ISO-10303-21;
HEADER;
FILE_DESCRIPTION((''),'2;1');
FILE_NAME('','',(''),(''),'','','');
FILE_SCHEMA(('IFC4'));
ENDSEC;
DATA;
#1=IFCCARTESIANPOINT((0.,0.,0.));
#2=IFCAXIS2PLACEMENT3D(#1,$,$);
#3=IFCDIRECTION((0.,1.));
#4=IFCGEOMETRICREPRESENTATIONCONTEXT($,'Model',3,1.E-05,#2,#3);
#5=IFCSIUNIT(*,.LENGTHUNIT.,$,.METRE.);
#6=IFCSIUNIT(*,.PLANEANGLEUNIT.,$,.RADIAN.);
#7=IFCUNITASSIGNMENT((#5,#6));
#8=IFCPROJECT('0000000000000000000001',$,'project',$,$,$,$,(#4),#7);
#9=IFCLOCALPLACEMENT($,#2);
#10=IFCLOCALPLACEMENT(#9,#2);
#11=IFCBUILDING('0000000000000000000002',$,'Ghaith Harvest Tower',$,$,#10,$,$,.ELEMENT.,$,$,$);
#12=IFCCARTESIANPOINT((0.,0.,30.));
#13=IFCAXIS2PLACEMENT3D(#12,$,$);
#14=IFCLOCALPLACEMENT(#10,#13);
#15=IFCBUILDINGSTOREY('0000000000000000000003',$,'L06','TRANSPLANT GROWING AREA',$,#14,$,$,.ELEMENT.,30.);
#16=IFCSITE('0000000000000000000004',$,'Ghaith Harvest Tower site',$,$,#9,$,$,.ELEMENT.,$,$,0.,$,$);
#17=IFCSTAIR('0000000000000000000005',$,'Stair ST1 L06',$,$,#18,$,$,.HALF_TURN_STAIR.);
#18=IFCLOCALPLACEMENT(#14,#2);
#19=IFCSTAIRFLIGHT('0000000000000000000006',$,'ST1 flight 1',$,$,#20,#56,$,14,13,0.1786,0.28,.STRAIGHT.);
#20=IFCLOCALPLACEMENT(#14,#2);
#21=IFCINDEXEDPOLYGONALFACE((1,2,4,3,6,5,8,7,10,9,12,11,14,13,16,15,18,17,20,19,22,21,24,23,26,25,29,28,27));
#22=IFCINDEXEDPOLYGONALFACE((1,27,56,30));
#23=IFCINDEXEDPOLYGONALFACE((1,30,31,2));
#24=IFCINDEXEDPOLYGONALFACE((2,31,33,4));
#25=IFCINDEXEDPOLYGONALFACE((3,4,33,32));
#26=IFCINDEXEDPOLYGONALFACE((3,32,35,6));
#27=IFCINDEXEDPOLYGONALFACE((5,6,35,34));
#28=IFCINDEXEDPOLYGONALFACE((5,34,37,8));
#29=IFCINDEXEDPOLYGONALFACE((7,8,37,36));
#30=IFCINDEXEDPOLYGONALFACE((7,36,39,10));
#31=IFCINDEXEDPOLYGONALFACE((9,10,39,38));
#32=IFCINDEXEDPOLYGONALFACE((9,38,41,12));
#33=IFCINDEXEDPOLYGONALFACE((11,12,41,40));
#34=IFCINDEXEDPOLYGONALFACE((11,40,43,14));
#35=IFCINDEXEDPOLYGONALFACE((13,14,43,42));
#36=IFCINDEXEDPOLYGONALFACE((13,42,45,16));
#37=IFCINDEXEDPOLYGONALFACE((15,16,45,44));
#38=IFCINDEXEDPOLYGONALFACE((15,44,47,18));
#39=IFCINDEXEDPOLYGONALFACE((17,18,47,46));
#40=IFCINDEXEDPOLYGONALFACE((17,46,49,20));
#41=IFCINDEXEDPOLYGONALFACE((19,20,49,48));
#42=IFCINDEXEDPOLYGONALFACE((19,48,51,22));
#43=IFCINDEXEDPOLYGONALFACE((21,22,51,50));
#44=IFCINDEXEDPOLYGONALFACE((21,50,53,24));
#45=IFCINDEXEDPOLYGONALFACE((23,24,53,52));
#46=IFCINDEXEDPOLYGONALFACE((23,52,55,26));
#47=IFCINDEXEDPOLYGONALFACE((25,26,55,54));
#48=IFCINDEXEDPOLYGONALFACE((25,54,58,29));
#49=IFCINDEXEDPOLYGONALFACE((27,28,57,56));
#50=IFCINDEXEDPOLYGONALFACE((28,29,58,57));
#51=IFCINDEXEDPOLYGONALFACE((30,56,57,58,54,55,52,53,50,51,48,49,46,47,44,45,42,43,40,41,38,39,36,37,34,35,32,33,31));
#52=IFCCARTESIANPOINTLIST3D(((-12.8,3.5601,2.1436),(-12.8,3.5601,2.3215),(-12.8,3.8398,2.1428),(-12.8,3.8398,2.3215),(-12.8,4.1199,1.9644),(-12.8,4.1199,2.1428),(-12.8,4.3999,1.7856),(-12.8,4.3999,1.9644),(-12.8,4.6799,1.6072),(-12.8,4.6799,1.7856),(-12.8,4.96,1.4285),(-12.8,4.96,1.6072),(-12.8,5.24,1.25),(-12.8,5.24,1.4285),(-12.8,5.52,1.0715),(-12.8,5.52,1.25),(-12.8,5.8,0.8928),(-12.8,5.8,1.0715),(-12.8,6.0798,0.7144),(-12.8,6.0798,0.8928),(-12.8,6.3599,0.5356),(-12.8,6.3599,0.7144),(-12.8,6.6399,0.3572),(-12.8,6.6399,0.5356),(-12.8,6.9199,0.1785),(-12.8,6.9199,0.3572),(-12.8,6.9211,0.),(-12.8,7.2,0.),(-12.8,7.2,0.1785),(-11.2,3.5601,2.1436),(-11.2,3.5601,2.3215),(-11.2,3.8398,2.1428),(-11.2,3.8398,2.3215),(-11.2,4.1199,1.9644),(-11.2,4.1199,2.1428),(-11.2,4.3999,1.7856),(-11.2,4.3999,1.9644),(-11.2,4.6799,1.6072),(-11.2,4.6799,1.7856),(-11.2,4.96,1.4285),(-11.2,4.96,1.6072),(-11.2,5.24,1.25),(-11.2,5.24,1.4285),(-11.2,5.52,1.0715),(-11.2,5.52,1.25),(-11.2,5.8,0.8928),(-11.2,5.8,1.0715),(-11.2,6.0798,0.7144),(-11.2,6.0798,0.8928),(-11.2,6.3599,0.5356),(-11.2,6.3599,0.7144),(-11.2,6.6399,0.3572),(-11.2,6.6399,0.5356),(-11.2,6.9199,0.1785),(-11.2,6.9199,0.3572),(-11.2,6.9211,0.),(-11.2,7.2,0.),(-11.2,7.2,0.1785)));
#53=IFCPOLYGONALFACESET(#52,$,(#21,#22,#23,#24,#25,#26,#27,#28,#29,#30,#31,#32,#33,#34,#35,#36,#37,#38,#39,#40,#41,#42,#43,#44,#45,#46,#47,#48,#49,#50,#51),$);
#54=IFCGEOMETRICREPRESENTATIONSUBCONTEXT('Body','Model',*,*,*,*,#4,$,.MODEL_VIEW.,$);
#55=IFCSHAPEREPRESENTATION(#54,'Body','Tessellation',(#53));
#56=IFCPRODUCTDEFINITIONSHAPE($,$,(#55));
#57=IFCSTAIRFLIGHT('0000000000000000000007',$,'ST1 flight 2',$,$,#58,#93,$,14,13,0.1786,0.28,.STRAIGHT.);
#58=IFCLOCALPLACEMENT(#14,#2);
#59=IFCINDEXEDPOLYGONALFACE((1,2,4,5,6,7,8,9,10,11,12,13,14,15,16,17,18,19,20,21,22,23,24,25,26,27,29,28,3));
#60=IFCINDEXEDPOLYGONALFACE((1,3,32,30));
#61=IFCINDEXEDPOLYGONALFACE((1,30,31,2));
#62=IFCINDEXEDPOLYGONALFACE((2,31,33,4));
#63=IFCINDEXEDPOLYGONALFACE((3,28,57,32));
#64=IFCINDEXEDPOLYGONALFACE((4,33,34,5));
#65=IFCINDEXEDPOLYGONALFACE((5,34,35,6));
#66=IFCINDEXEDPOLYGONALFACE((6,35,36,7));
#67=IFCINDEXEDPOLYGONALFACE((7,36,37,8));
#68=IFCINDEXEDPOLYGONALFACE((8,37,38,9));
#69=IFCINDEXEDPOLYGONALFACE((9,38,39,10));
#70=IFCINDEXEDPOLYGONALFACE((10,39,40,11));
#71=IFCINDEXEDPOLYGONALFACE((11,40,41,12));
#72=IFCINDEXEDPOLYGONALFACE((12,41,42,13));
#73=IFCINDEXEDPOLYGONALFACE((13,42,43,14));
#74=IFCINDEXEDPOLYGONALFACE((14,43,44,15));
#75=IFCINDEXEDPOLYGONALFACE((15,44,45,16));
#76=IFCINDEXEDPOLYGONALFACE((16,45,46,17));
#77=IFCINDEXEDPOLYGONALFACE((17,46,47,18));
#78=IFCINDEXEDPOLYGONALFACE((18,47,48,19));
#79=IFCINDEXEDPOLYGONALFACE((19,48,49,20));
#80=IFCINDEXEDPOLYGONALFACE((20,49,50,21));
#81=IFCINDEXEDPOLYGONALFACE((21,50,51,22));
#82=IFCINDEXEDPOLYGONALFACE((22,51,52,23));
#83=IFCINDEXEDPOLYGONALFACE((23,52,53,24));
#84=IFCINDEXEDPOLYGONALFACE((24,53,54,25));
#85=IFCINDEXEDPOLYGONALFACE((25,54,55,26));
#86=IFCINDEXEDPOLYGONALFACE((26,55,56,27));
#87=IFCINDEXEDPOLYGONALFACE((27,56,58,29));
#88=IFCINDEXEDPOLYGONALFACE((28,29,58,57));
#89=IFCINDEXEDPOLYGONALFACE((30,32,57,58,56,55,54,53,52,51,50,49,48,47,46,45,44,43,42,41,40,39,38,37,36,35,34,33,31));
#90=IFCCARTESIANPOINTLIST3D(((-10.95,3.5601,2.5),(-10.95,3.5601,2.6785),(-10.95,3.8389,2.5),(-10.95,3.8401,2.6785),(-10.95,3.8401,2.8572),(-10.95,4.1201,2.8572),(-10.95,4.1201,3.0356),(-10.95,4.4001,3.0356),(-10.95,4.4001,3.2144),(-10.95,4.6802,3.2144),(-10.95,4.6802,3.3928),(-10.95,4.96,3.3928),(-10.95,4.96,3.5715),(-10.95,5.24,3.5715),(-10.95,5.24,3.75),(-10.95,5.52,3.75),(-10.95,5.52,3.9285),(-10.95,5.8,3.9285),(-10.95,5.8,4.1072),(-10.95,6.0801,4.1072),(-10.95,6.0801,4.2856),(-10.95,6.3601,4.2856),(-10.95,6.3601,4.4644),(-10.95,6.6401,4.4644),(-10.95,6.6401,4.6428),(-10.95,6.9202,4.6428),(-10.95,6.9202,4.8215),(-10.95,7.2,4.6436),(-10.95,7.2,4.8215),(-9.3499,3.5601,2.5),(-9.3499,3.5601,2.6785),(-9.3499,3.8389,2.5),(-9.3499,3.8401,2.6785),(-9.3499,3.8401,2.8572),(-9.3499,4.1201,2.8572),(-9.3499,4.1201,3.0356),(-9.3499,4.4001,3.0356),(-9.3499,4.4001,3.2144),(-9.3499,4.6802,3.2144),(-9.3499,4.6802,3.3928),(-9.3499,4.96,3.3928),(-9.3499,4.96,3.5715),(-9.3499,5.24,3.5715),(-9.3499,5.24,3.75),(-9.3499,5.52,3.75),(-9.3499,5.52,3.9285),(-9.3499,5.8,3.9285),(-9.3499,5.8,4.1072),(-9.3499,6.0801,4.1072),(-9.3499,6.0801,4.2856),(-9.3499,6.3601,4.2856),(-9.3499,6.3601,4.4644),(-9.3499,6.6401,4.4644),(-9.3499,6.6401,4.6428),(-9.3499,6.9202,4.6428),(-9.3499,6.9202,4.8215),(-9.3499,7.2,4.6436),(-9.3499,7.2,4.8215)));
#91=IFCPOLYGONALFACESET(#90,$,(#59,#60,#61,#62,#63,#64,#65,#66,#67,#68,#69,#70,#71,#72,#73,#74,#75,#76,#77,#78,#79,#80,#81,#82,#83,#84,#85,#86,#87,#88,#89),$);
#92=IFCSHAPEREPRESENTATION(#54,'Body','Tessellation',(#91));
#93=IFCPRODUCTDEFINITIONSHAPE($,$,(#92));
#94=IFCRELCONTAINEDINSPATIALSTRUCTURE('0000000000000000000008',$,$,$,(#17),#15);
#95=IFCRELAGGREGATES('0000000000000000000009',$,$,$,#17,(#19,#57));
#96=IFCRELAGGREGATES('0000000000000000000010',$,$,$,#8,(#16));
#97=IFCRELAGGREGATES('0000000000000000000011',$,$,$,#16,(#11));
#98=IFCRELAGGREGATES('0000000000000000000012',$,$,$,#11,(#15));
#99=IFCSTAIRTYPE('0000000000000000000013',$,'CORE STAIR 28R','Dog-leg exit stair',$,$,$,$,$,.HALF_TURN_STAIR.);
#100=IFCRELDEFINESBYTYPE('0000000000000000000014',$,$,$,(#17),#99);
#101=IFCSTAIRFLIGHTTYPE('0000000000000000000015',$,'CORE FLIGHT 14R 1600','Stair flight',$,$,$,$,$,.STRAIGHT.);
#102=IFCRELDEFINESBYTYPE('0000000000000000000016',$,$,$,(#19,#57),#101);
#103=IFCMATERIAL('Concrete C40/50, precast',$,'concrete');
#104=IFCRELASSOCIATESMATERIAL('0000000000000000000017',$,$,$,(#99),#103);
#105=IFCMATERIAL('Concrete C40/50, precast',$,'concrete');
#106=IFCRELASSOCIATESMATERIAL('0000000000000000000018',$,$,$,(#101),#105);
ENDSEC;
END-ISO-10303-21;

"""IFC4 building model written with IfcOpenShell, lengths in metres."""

from ifc_helpers import new_model, si_unit, direction, frame, origin, place, context, subcontext, project, spatial, polyline, outline, extrude, material, type_object, element, aggregate, save


model = new_model("IFC4")

# Units and contexts
model_context = context("Model", 3, precision=1e-05, world=origin(), true_north=direction((0.0, 1.0)))
body_context = subcontext(model_context, "Body", "Model", "MODEL_VIEW")
ifc_project = project(units=[si_unit("LENGTHUNIT", "METRE"), si_unit("PLANEANGLEUNIT", "RADIAN")], contexts=[model_context])

# Site, building, storey
site_placement = place(None, origin())
site = spatial("IfcSite", under=ifc_project, at=site_placement, Name="Ghaith Harvest Tower site", CompositionType="ELEMENT", RefElevation=0.0)
building_placement = place(site_placement, origin())
building = spatial("IfcBuilding", under=site, at=building_placement, Name="Ghaith Harvest Tower", CompositionType="ELEMENT")
storey_placement = place(building_placement, frame((0.0, 0.0, 30.0)))
storey = spatial("IfcBuildingStorey", under=building, at=storey_placement, Name="L06", Description="TRANSPLANT GROWING AREA", CompositionType="ELEMENT", Elevation=30.0)

# Stair, stair flights
ifc_material_1 = material(Name="Concrete C40/50, precast", Category="concrete")
stair_type = type_object("IfcStairType", Name="CORE STAIR 28R", Description="Dog-leg exit stair", PredefinedType="HALF_TURN_STAIR", material=ifc_material_1)
stair_placement = place(storey_placement, origin())
stair = element("IfcStair", 1, at=stair_placement, inside=storey, type_object=stair_type, Name="Stair ST1 L06", PredefinedType="HALF_TURN_STAIR")
ifc_material_2 = material(Name="Concrete C40/50, precast", Category="concrete")
stair_flight_type = type_object("IfcStairFlightType", Name="CORE FLIGHT 14R 1600", Description="Stair flight", PredefinedType="STRAIGHT", material=ifc_material_2)
stair_flight_1_placement = place(storey_placement, frame((-12.0, 7.2, 0.0), z_axis=(0.0, 0.0, 1.0), x_axis=(0.0, -1.0, 0.0)))
stair_flight_1 = element("IfcStairFlight", 2, at=stair_flight_1_placement, type_object=stair_flight_type, Name="ST1 flight 1", NumberOfRisers=14, NumberOfTreads=13, PredefinedType="STRAIGHT", RiserHeight=0.1786, TreadLength=0.28, context=body_context, shape_type="SweptSolid", body=[
    extrude(outline(polyline([(0.0, 0.0), (0.0, 0.1785), (0.28, 0.1785), (0.28, 0.3572), (0.5601, 0.3572), (0.5601, 0.5356), (0.8401, 0.5356), (0.8401, 0.7144), (1.1201, 0.7144), (1.1201, 0.8928), (1.3999, 0.8928), (1.3999, 1.0715), (1.6799, 1.0715), (1.6799, 1.25), (1.96, 1.25), (1.96, 1.4285), (2.24, 1.4285), (2.24, 1.6072), (2.52, 1.6072), (2.52, 1.7856), (2.8, 1.7856), (2.8, 1.9644), (3.0801, 1.9644), (3.0801, 2.1428), (3.3601, 2.1428), (3.3601, 2.3215), (3.6399, 2.3215), (3.6399, 2.5), (3.6399, 2.1436), (0.2788, 0.0), (0.0, 0.0)])), frame((0.0, 0.8, 0.0), z_axis=(0.0, -1.0, 0.0), x_axis=(1.0, 0.0, 0.0)), (0.0, 0.0, 1.0), 1.6001),
])
stair_flight_2_placement = place(storey_placement, frame((-10.1499, 3.5601, 2.5), z_axis=(0.0, 0.0, 1.0), x_axis=(0.0, 1.0, 0.0)))
stair_flight_2 = element("IfcStairFlight", 3, at=stair_flight_2_placement, type_object=stair_flight_type, Name="ST1 flight 2", NumberOfRisers=14, NumberOfTreads=13, PredefinedType="STRAIGHT", RiserHeight=0.1786, TreadLength=0.28, context=body_context, shape_type="SweptSolid", body=[
    extrude(outline(polyline([(0.0, 0.0), (0.0, 0.1785), (0.28, 0.1785), (0.28, 0.3572), (0.5601, 0.3572), (0.5601, 0.5356), (0.8401, 0.5356), (0.8401, 0.7144), (1.1201, 0.7144), (1.1201, 0.8928), (1.3999, 0.8928), (1.3999, 1.0715), (1.6799, 1.0715), (1.6799, 1.25), (1.96, 1.25), (1.96, 1.4285), (2.24, 1.4285), (2.24, 1.6072), (2.52, 1.6072), (2.52, 1.7856), (2.8, 1.7856), (2.8, 1.9644), (3.0801, 1.9644), (3.0801, 2.1428), (3.3601, 2.1428), (3.3601, 2.3215), (3.6399, 2.3215), (3.6399, 2.5), (3.6399, 2.1436), (0.2788, 0.0), (0.0, 0.0)])), frame((0.0, 0.8, 0.0), z_axis=(0.0, -1.0, 0.0), x_axis=(1.0, 0.0, 0.0)), (0.0, 0.0, 1.0), 1.6001),
])
aggregate(stair, [stair_flight_1, stair_flight_2])

save(model, "model.ifc")
